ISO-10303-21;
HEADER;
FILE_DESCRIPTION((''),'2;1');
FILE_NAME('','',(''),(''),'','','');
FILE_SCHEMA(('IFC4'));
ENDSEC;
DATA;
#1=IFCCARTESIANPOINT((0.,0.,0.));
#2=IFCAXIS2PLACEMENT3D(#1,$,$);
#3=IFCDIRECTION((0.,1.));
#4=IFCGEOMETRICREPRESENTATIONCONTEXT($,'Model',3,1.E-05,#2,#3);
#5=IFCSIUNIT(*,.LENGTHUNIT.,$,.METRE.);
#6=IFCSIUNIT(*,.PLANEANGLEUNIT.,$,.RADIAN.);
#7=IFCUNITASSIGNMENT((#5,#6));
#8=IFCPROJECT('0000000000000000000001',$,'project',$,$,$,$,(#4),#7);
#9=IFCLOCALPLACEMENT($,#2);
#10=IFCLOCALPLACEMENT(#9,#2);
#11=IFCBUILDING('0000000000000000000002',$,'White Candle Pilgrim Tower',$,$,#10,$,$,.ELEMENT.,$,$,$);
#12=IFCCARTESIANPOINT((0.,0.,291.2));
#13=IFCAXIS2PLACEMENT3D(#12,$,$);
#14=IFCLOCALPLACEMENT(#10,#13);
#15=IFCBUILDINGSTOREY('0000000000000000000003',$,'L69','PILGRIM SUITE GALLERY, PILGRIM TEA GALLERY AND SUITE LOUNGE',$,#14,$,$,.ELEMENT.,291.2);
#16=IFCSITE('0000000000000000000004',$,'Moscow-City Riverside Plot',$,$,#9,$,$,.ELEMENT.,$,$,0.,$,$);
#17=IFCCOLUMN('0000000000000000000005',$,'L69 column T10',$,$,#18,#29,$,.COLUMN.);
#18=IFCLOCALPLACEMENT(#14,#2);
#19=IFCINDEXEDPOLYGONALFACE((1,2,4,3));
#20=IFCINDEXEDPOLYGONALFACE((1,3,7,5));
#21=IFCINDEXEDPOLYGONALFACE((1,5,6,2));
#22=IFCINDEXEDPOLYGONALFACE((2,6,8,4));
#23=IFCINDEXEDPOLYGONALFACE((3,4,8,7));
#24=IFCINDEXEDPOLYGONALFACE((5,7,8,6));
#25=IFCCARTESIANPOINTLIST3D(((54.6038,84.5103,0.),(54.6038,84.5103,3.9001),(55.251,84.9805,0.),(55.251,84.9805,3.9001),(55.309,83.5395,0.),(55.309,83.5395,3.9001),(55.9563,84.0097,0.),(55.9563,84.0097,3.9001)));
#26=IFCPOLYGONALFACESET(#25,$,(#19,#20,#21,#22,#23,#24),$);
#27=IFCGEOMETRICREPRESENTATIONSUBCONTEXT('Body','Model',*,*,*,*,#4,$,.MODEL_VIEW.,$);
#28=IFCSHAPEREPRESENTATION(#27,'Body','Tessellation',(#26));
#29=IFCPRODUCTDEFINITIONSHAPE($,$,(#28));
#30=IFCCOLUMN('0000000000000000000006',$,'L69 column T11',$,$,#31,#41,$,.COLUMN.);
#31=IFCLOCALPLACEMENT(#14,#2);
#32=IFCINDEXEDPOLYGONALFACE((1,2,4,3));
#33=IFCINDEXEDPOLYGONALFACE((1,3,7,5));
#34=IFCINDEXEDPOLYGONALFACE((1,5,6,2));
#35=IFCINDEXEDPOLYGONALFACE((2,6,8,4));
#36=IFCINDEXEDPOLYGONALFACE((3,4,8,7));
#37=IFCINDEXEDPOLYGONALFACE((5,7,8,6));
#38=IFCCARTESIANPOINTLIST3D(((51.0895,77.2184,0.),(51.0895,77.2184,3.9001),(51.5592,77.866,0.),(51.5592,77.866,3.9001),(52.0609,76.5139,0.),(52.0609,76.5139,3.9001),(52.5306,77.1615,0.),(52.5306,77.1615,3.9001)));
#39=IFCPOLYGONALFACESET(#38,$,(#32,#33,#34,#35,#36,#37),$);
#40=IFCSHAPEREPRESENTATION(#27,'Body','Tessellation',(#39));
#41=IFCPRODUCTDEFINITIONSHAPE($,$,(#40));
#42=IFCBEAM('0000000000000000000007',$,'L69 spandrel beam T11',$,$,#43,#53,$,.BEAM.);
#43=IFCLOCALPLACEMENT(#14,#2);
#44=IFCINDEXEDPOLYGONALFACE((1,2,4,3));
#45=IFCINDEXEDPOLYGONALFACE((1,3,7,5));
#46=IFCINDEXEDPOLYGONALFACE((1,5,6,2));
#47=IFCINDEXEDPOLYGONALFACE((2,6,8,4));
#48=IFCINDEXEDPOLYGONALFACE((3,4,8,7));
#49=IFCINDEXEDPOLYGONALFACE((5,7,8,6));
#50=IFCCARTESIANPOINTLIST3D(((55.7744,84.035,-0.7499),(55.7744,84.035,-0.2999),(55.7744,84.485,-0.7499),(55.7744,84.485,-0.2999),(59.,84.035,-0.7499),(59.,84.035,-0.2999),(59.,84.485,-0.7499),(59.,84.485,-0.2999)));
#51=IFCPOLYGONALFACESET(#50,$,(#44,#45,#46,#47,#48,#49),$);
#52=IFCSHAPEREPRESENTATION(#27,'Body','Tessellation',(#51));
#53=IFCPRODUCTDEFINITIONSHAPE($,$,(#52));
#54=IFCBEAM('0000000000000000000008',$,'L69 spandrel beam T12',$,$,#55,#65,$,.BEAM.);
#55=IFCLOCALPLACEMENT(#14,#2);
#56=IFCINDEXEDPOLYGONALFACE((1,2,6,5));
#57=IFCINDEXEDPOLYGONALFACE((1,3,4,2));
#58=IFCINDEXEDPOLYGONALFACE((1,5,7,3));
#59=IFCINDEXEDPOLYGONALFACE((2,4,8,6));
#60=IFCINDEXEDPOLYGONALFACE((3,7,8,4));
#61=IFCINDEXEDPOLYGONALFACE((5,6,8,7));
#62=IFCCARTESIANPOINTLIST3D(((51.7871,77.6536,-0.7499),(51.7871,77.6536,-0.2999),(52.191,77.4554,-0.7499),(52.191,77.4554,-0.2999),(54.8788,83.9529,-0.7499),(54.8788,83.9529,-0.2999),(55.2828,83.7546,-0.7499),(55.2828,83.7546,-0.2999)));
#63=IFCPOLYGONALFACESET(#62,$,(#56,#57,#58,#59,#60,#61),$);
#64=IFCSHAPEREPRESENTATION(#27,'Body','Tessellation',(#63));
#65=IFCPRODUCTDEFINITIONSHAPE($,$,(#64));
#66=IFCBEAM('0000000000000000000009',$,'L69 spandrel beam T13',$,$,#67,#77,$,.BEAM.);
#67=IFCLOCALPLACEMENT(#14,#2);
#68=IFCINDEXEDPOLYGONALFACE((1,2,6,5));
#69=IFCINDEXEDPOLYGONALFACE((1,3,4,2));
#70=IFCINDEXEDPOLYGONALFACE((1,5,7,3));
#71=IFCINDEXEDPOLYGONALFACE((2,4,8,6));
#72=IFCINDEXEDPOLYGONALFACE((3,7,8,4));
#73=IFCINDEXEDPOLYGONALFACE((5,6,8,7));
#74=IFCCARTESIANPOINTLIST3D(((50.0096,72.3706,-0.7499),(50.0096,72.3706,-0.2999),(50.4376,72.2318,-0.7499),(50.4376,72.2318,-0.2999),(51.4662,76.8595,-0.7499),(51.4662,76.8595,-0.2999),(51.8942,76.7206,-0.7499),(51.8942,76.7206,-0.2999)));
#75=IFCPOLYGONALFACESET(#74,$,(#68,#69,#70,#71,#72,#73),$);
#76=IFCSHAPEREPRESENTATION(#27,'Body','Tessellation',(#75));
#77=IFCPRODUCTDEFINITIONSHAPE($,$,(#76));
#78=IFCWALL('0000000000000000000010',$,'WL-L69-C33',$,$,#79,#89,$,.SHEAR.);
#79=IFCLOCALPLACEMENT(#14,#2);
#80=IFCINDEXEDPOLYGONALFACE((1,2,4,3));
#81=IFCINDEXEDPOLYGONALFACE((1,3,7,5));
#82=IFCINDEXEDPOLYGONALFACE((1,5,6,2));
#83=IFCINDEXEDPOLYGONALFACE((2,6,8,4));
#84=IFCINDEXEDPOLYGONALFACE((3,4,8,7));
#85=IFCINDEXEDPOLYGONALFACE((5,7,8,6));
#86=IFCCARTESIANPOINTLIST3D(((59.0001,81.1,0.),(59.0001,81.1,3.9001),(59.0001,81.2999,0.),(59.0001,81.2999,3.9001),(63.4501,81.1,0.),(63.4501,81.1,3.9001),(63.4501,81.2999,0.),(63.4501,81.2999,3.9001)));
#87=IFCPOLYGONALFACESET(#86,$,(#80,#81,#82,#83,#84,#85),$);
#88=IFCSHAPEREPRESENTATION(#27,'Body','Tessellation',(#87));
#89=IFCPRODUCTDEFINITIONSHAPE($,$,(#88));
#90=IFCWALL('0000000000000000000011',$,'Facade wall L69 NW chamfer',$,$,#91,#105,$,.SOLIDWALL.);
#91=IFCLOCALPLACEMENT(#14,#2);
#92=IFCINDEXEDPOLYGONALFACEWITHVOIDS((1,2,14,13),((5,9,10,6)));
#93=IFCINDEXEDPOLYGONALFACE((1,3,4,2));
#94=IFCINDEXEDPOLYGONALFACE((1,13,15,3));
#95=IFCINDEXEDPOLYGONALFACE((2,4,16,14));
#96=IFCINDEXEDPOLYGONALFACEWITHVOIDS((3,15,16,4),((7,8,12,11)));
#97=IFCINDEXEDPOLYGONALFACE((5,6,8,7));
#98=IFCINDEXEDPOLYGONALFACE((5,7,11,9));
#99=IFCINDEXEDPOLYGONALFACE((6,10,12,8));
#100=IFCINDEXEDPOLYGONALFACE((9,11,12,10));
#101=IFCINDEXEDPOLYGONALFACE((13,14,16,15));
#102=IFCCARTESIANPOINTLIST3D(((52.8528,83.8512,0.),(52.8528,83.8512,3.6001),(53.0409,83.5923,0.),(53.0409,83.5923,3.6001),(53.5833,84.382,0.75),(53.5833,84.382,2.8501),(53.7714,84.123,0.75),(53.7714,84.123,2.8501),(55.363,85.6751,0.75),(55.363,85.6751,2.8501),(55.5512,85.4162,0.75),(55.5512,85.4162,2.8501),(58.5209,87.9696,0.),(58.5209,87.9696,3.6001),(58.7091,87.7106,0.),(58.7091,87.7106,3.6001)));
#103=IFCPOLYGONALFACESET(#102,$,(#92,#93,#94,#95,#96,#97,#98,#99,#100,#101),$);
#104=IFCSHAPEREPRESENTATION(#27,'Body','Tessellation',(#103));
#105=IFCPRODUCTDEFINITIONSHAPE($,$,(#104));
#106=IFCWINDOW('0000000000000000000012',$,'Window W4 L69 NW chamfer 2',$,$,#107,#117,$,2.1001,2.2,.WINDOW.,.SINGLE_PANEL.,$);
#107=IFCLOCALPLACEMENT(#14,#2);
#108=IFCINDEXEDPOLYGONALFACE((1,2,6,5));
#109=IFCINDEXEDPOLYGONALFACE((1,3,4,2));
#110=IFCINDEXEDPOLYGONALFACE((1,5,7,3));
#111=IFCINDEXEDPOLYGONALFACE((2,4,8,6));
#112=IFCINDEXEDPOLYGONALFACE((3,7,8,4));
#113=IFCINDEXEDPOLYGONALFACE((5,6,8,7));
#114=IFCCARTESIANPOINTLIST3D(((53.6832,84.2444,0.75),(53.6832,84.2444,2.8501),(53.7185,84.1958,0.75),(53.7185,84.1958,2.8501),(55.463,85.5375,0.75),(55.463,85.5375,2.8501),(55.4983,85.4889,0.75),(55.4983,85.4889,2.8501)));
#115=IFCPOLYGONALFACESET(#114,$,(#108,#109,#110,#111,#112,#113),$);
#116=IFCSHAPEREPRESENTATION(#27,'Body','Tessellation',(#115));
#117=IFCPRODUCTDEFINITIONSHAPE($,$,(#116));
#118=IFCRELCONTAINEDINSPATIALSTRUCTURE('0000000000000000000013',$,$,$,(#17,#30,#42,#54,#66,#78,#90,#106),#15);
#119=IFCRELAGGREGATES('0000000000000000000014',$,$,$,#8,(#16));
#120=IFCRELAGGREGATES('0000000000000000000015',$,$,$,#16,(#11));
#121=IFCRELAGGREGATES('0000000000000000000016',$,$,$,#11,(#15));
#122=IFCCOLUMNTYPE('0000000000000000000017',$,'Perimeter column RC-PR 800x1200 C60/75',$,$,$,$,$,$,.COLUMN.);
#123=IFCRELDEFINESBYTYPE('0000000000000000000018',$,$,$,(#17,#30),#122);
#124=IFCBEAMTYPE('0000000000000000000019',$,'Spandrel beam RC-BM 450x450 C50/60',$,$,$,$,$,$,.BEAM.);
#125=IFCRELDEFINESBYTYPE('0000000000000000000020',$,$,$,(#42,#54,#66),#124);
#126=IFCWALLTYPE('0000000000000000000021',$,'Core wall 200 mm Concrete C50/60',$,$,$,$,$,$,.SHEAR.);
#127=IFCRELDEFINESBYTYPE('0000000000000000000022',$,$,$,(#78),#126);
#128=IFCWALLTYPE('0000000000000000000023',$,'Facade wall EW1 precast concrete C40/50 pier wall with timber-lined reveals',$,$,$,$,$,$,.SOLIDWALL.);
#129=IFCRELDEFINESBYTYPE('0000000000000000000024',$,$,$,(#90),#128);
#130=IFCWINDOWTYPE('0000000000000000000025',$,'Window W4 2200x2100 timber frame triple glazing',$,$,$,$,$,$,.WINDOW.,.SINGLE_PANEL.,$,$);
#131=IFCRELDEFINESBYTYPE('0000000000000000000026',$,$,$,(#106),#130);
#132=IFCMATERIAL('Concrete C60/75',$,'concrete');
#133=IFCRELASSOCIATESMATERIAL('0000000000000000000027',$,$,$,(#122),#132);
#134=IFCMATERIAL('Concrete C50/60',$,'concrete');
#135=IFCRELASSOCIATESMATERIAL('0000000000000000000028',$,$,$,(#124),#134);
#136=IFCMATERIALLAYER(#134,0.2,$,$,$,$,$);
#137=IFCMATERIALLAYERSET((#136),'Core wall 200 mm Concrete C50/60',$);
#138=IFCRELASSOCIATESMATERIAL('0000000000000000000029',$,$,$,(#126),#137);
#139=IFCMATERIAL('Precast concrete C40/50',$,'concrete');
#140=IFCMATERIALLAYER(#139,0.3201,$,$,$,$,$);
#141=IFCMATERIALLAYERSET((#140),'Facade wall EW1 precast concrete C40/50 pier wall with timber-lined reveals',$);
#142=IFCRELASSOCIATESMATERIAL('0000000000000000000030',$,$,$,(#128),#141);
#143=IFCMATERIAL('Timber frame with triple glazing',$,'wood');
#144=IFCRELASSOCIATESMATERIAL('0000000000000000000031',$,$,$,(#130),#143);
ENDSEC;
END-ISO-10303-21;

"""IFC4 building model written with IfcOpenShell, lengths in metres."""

from ifc_helpers import new_model, si_unit, direction, frame, frame_2d, origin, origin_2d, place, context, subcontext, project, spatial, rectangle, extrude, material, layer, layer_set, material_profile, profile_set, type_object, element, fill, save


model = new_model("IFC4")

# Units and contexts
model_context = context("Model", 3, precision=1e-05, world=origin(), true_north=direction((0.0, 1.0)))
body_context = subcontext(model_context, "Body", "Model", "MODEL_VIEW")
ifc_project = project(units=[si_unit("LENGTHUNIT", "METRE"), si_unit("PLANEANGLEUNIT", "RADIAN")], contexts=[model_context])

# Site, building, storey
site_placement = place(None, origin())
site = spatial("IfcSite", under=ifc_project, at=site_placement, Name="Moscow-City Riverside Plot", CompositionType="ELEMENT", RefElevation=0.0)
building_placement = place(site_placement, origin())
building = spatial("IfcBuilding", under=site, at=building_placement, Name="White Candle Pilgrim Tower", CompositionType="ELEMENT")
storey_placement = place(building_placement, frame((0.0, 0.0, 291.2)))
storey = spatial("IfcBuildingStorey", under=building, at=storey_placement, Name="L69", Description="PILGRIM SUITE GALLERY, PILGRIM TEA GALLERY AND SUITE LOUNGE", CompositionType="ELEMENT", Elevation=291.2)

# Columns
ifc_material_1 = material(Name="Concrete C60/75", Category="concrete")
ifc_material_profile_1 = material_profile(ifc_material_1, rectangle(XDim=0.8, YDim=1.2, at=origin_2d()), Name="RC-PR 800x1200")
ifc_profile_set_1 = profile_set([ifc_material_profile_1], Name="Concrete C60/75")
column_type = type_object("IfcColumnType", Name="Perimeter column RC-PR 800x1200 C60/75", PredefinedType="COLUMN", material=ifc_profile_set_1)
for number, where, z_axis, x_axis, name in (
    (1, (55.28, 84.26, 0.0), (0.0, 0.0, 1.0), (0.809027, 0.587771, 0.0), "L69 column T10"),
    (2, (51.8101, 77.1899, 0.0), (0.0, 0.0, 1.0), (0.587107, 0.809509, 0.0), "L69 column T11"),
):
    element("IfcColumn", number, at=place(storey_placement, frame(where, z_axis=z_axis, x_axis=x_axis)), inside=storey, type_object=column_type, Name=name, PredefinedType="COLUMN", context=body_context, shape_type="SweptSolid", body=[
        extrude(rectangle(XDim=0.8, YDim=1.2, at=origin_2d()), origin(), (0.0, 0.0, 1.0), 3.9001),
    ])

# Beams
ifc_material_2 = material(Name="Concrete C50/60", Category="concrete")
ifc_material_profile_2 = material_profile(ifc_material_2, rectangle(XDim=0.45, YDim=0.45, at=origin_2d()), Name="RC-BM 450x450")
ifc_profile_set_2 = profile_set([ifc_material_profile_2], Name="Concrete C50/60")
beam_type = type_object("IfcBeamType", Name="Spandrel beam RC-BM 450x450 C50/60", PredefinedType="BEAM", material=ifc_profile_set_2)
beam_1_placement = place(storey_placement, frame((55.7744, 84.26, -0.5249), z_axis=(1.0, 0.0, 0.0), x_axis=(0.0, 1.0, 0.0)))
element("IfcBeam", 3, at=beam_1_placement, inside=storey, type_object=beam_type, Name="L69 spandrel beam T11", PredefinedType="BEAM", context=body_context, shape_type="SweptSolid", body=[
    extrude(rectangle(XDim=0.45, YDim=0.45, at=origin_2d()), origin(), (0.0, 0.0, 1.0), 3.2256),
])
beam_2_placement = place(storey_placement, frame((55.0808, 83.8538, -0.5249), z_axis=(-0.440605, -0.897701, 0.0), x_axis=(0.897701, -0.440605, 0.0)))
element("IfcBeam", 4, at=beam_2_placement, inside=storey, type_object=beam_type, Name="L69 spandrel beam T12", PredefinedType="BEAM", context=body_context, shape_type="SweptSolid", body=[
    extrude(rectangle(XDim=0.45, YDim=0.45, at=origin_2d()), origin(), (0.0, 0.0, 1.0), 7.0171),
])
beam_3_placement = place(storey_placement, frame((51.6802, 76.79, -0.5249), z_axis=(-0.308644, -0.951178, 0.0), x_axis=(0.951178, -0.308644, 0.0)))
element("IfcBeam", 5, at=beam_3_placement, inside=storey, type_object=beam_type, Name="L69 spandrel beam T13", PredefinedType="BEAM", context=body_context, shape_type="SweptSolid", body=[
    extrude(rectangle(XDim=0.45, YDim=0.45, at=origin_2d()), origin(), (0.0, 0.0, 1.0), 4.7192),
])

# Wall
ifc_layer_1 = layer(ifc_material_2, 0.2)
ifc_layer_set_1 = layer_set([ifc_layer_1], Name="Core wall 200 mm Concrete C50/60")
wall_type_1 = type_object("IfcWallType", Name="Core wall 200 mm Concrete C50/60", PredefinedType="SHEAR", material=ifc_layer_set_1)
wall_1_placement = place(storey_placement, frame((59.0, 81.2, 0.0), z_axis=(0.0, 0.0, 1.0), x_axis=(1.0, 0.0, 0.0)))
element("IfcWall", 6, at=wall_1_placement, inside=storey, type_object=wall_type_1, Name="WL-L69-C33", PredefinedType="SHEAR", context=body_context, shape_type="SweptSolid", body=[
    extrude(rectangle(XDim=4.45, YDim=0.2, at=frame_2d((2.2251, 0.0))), origin(), (0.0, 0.0, 1.0), 3.9001),
])

# Wall, opening, window
ifc_material_3 = material(Name="Precast concrete C40/50", Category="concrete")
ifc_layer_2 = layer(ifc_material_3, 0.3201)
ifc_layer_set_2 = layer_set([ifc_layer_2], Name="Facade wall EW1 precast concrete C40/50 pier wall with timber-lined reveals")
wall_type_2 = type_object("IfcWallType", Name="Facade wall EW1 precast concrete C40/50 pier wall with timber-lined reveals", PredefinedType="SOLIDWALL", material=ifc_layer_set_2)
wall_2_placement = place(storey_placement, frame((58.615, 87.8401, 0.0), z_axis=(0.0, 0.0, 1.0), x_axis=(-0.809003, -0.587805, 0.0)))
wall_2 = element("IfcWall", 7, at=wall_2_placement, inside=storey, type_object=wall_type_2, Name="Facade wall L69 NW chamfer", PredefinedType="SOLIDWALL", context=body_context, shape_type="SweptSolid", body=[
    extrude(rectangle(XDim=7.0063, YDim=0.3201, at=frame_2d((3.5032, 0.0))), origin(), (0.0, 0.0, 1.0), 3.6001),
])
opening_1_placement = place(wall_2_placement, frame((3.9033, 0.0, 0.75)))
opening_1 = element("IfcOpeningElement", 8, at=opening_1_placement, cuts=wall_2, PredefinedType="OPENING", context=body_context, shape_type="SweptSolid", body=[
    extrude(rectangle(XDim=2.2, YDim=2.1001, at=frame_2d((1.1001, 1.05))), frame((0.0, 0.1699, 0.0), z_axis=(0.0, -1.0, 0.0), x_axis=(1.0, 0.0, 0.0)), (0.0, 0.0, 1.0), 0.3401),
])
ifc_material_4 = material(Name="Timber frame with triple glazing", Category="wood")
window_type_1 = type_object("IfcWindowType", Name="Window W4 2200x2100 timber frame triple glazing", PartitioningType="SINGLE_PANEL", PredefinedType="WINDOW", material=ifc_material_4)
window_1_placement = place(opening_1_placement, origin())
window_1 = element("IfcWindow", 9, at=window_1_placement, inside=storey, type_object=window_type_1, Name="Window W4 L69 NW chamfer 2", OverallHeight=2.1001, OverallWidth=2.2, PartitioningType="SINGLE_PANEL", PredefinedType="WINDOW", context=body_context, shape_type="SweptSolid", body=[
    extrude(rectangle(XDim=2.2, YDim=2.1001, at=frame_2d((1.1001, 1.05))), frame((0.0, 0.0701, 0.0), z_axis=(0.0, -1.0, 0.0), x_axis=(1.0, 0.0, 0.0)), (0.0, 0.0, 1.0), 0.0601),
])
fill(opening_1, window_1)

save(model, "model.ifc")
